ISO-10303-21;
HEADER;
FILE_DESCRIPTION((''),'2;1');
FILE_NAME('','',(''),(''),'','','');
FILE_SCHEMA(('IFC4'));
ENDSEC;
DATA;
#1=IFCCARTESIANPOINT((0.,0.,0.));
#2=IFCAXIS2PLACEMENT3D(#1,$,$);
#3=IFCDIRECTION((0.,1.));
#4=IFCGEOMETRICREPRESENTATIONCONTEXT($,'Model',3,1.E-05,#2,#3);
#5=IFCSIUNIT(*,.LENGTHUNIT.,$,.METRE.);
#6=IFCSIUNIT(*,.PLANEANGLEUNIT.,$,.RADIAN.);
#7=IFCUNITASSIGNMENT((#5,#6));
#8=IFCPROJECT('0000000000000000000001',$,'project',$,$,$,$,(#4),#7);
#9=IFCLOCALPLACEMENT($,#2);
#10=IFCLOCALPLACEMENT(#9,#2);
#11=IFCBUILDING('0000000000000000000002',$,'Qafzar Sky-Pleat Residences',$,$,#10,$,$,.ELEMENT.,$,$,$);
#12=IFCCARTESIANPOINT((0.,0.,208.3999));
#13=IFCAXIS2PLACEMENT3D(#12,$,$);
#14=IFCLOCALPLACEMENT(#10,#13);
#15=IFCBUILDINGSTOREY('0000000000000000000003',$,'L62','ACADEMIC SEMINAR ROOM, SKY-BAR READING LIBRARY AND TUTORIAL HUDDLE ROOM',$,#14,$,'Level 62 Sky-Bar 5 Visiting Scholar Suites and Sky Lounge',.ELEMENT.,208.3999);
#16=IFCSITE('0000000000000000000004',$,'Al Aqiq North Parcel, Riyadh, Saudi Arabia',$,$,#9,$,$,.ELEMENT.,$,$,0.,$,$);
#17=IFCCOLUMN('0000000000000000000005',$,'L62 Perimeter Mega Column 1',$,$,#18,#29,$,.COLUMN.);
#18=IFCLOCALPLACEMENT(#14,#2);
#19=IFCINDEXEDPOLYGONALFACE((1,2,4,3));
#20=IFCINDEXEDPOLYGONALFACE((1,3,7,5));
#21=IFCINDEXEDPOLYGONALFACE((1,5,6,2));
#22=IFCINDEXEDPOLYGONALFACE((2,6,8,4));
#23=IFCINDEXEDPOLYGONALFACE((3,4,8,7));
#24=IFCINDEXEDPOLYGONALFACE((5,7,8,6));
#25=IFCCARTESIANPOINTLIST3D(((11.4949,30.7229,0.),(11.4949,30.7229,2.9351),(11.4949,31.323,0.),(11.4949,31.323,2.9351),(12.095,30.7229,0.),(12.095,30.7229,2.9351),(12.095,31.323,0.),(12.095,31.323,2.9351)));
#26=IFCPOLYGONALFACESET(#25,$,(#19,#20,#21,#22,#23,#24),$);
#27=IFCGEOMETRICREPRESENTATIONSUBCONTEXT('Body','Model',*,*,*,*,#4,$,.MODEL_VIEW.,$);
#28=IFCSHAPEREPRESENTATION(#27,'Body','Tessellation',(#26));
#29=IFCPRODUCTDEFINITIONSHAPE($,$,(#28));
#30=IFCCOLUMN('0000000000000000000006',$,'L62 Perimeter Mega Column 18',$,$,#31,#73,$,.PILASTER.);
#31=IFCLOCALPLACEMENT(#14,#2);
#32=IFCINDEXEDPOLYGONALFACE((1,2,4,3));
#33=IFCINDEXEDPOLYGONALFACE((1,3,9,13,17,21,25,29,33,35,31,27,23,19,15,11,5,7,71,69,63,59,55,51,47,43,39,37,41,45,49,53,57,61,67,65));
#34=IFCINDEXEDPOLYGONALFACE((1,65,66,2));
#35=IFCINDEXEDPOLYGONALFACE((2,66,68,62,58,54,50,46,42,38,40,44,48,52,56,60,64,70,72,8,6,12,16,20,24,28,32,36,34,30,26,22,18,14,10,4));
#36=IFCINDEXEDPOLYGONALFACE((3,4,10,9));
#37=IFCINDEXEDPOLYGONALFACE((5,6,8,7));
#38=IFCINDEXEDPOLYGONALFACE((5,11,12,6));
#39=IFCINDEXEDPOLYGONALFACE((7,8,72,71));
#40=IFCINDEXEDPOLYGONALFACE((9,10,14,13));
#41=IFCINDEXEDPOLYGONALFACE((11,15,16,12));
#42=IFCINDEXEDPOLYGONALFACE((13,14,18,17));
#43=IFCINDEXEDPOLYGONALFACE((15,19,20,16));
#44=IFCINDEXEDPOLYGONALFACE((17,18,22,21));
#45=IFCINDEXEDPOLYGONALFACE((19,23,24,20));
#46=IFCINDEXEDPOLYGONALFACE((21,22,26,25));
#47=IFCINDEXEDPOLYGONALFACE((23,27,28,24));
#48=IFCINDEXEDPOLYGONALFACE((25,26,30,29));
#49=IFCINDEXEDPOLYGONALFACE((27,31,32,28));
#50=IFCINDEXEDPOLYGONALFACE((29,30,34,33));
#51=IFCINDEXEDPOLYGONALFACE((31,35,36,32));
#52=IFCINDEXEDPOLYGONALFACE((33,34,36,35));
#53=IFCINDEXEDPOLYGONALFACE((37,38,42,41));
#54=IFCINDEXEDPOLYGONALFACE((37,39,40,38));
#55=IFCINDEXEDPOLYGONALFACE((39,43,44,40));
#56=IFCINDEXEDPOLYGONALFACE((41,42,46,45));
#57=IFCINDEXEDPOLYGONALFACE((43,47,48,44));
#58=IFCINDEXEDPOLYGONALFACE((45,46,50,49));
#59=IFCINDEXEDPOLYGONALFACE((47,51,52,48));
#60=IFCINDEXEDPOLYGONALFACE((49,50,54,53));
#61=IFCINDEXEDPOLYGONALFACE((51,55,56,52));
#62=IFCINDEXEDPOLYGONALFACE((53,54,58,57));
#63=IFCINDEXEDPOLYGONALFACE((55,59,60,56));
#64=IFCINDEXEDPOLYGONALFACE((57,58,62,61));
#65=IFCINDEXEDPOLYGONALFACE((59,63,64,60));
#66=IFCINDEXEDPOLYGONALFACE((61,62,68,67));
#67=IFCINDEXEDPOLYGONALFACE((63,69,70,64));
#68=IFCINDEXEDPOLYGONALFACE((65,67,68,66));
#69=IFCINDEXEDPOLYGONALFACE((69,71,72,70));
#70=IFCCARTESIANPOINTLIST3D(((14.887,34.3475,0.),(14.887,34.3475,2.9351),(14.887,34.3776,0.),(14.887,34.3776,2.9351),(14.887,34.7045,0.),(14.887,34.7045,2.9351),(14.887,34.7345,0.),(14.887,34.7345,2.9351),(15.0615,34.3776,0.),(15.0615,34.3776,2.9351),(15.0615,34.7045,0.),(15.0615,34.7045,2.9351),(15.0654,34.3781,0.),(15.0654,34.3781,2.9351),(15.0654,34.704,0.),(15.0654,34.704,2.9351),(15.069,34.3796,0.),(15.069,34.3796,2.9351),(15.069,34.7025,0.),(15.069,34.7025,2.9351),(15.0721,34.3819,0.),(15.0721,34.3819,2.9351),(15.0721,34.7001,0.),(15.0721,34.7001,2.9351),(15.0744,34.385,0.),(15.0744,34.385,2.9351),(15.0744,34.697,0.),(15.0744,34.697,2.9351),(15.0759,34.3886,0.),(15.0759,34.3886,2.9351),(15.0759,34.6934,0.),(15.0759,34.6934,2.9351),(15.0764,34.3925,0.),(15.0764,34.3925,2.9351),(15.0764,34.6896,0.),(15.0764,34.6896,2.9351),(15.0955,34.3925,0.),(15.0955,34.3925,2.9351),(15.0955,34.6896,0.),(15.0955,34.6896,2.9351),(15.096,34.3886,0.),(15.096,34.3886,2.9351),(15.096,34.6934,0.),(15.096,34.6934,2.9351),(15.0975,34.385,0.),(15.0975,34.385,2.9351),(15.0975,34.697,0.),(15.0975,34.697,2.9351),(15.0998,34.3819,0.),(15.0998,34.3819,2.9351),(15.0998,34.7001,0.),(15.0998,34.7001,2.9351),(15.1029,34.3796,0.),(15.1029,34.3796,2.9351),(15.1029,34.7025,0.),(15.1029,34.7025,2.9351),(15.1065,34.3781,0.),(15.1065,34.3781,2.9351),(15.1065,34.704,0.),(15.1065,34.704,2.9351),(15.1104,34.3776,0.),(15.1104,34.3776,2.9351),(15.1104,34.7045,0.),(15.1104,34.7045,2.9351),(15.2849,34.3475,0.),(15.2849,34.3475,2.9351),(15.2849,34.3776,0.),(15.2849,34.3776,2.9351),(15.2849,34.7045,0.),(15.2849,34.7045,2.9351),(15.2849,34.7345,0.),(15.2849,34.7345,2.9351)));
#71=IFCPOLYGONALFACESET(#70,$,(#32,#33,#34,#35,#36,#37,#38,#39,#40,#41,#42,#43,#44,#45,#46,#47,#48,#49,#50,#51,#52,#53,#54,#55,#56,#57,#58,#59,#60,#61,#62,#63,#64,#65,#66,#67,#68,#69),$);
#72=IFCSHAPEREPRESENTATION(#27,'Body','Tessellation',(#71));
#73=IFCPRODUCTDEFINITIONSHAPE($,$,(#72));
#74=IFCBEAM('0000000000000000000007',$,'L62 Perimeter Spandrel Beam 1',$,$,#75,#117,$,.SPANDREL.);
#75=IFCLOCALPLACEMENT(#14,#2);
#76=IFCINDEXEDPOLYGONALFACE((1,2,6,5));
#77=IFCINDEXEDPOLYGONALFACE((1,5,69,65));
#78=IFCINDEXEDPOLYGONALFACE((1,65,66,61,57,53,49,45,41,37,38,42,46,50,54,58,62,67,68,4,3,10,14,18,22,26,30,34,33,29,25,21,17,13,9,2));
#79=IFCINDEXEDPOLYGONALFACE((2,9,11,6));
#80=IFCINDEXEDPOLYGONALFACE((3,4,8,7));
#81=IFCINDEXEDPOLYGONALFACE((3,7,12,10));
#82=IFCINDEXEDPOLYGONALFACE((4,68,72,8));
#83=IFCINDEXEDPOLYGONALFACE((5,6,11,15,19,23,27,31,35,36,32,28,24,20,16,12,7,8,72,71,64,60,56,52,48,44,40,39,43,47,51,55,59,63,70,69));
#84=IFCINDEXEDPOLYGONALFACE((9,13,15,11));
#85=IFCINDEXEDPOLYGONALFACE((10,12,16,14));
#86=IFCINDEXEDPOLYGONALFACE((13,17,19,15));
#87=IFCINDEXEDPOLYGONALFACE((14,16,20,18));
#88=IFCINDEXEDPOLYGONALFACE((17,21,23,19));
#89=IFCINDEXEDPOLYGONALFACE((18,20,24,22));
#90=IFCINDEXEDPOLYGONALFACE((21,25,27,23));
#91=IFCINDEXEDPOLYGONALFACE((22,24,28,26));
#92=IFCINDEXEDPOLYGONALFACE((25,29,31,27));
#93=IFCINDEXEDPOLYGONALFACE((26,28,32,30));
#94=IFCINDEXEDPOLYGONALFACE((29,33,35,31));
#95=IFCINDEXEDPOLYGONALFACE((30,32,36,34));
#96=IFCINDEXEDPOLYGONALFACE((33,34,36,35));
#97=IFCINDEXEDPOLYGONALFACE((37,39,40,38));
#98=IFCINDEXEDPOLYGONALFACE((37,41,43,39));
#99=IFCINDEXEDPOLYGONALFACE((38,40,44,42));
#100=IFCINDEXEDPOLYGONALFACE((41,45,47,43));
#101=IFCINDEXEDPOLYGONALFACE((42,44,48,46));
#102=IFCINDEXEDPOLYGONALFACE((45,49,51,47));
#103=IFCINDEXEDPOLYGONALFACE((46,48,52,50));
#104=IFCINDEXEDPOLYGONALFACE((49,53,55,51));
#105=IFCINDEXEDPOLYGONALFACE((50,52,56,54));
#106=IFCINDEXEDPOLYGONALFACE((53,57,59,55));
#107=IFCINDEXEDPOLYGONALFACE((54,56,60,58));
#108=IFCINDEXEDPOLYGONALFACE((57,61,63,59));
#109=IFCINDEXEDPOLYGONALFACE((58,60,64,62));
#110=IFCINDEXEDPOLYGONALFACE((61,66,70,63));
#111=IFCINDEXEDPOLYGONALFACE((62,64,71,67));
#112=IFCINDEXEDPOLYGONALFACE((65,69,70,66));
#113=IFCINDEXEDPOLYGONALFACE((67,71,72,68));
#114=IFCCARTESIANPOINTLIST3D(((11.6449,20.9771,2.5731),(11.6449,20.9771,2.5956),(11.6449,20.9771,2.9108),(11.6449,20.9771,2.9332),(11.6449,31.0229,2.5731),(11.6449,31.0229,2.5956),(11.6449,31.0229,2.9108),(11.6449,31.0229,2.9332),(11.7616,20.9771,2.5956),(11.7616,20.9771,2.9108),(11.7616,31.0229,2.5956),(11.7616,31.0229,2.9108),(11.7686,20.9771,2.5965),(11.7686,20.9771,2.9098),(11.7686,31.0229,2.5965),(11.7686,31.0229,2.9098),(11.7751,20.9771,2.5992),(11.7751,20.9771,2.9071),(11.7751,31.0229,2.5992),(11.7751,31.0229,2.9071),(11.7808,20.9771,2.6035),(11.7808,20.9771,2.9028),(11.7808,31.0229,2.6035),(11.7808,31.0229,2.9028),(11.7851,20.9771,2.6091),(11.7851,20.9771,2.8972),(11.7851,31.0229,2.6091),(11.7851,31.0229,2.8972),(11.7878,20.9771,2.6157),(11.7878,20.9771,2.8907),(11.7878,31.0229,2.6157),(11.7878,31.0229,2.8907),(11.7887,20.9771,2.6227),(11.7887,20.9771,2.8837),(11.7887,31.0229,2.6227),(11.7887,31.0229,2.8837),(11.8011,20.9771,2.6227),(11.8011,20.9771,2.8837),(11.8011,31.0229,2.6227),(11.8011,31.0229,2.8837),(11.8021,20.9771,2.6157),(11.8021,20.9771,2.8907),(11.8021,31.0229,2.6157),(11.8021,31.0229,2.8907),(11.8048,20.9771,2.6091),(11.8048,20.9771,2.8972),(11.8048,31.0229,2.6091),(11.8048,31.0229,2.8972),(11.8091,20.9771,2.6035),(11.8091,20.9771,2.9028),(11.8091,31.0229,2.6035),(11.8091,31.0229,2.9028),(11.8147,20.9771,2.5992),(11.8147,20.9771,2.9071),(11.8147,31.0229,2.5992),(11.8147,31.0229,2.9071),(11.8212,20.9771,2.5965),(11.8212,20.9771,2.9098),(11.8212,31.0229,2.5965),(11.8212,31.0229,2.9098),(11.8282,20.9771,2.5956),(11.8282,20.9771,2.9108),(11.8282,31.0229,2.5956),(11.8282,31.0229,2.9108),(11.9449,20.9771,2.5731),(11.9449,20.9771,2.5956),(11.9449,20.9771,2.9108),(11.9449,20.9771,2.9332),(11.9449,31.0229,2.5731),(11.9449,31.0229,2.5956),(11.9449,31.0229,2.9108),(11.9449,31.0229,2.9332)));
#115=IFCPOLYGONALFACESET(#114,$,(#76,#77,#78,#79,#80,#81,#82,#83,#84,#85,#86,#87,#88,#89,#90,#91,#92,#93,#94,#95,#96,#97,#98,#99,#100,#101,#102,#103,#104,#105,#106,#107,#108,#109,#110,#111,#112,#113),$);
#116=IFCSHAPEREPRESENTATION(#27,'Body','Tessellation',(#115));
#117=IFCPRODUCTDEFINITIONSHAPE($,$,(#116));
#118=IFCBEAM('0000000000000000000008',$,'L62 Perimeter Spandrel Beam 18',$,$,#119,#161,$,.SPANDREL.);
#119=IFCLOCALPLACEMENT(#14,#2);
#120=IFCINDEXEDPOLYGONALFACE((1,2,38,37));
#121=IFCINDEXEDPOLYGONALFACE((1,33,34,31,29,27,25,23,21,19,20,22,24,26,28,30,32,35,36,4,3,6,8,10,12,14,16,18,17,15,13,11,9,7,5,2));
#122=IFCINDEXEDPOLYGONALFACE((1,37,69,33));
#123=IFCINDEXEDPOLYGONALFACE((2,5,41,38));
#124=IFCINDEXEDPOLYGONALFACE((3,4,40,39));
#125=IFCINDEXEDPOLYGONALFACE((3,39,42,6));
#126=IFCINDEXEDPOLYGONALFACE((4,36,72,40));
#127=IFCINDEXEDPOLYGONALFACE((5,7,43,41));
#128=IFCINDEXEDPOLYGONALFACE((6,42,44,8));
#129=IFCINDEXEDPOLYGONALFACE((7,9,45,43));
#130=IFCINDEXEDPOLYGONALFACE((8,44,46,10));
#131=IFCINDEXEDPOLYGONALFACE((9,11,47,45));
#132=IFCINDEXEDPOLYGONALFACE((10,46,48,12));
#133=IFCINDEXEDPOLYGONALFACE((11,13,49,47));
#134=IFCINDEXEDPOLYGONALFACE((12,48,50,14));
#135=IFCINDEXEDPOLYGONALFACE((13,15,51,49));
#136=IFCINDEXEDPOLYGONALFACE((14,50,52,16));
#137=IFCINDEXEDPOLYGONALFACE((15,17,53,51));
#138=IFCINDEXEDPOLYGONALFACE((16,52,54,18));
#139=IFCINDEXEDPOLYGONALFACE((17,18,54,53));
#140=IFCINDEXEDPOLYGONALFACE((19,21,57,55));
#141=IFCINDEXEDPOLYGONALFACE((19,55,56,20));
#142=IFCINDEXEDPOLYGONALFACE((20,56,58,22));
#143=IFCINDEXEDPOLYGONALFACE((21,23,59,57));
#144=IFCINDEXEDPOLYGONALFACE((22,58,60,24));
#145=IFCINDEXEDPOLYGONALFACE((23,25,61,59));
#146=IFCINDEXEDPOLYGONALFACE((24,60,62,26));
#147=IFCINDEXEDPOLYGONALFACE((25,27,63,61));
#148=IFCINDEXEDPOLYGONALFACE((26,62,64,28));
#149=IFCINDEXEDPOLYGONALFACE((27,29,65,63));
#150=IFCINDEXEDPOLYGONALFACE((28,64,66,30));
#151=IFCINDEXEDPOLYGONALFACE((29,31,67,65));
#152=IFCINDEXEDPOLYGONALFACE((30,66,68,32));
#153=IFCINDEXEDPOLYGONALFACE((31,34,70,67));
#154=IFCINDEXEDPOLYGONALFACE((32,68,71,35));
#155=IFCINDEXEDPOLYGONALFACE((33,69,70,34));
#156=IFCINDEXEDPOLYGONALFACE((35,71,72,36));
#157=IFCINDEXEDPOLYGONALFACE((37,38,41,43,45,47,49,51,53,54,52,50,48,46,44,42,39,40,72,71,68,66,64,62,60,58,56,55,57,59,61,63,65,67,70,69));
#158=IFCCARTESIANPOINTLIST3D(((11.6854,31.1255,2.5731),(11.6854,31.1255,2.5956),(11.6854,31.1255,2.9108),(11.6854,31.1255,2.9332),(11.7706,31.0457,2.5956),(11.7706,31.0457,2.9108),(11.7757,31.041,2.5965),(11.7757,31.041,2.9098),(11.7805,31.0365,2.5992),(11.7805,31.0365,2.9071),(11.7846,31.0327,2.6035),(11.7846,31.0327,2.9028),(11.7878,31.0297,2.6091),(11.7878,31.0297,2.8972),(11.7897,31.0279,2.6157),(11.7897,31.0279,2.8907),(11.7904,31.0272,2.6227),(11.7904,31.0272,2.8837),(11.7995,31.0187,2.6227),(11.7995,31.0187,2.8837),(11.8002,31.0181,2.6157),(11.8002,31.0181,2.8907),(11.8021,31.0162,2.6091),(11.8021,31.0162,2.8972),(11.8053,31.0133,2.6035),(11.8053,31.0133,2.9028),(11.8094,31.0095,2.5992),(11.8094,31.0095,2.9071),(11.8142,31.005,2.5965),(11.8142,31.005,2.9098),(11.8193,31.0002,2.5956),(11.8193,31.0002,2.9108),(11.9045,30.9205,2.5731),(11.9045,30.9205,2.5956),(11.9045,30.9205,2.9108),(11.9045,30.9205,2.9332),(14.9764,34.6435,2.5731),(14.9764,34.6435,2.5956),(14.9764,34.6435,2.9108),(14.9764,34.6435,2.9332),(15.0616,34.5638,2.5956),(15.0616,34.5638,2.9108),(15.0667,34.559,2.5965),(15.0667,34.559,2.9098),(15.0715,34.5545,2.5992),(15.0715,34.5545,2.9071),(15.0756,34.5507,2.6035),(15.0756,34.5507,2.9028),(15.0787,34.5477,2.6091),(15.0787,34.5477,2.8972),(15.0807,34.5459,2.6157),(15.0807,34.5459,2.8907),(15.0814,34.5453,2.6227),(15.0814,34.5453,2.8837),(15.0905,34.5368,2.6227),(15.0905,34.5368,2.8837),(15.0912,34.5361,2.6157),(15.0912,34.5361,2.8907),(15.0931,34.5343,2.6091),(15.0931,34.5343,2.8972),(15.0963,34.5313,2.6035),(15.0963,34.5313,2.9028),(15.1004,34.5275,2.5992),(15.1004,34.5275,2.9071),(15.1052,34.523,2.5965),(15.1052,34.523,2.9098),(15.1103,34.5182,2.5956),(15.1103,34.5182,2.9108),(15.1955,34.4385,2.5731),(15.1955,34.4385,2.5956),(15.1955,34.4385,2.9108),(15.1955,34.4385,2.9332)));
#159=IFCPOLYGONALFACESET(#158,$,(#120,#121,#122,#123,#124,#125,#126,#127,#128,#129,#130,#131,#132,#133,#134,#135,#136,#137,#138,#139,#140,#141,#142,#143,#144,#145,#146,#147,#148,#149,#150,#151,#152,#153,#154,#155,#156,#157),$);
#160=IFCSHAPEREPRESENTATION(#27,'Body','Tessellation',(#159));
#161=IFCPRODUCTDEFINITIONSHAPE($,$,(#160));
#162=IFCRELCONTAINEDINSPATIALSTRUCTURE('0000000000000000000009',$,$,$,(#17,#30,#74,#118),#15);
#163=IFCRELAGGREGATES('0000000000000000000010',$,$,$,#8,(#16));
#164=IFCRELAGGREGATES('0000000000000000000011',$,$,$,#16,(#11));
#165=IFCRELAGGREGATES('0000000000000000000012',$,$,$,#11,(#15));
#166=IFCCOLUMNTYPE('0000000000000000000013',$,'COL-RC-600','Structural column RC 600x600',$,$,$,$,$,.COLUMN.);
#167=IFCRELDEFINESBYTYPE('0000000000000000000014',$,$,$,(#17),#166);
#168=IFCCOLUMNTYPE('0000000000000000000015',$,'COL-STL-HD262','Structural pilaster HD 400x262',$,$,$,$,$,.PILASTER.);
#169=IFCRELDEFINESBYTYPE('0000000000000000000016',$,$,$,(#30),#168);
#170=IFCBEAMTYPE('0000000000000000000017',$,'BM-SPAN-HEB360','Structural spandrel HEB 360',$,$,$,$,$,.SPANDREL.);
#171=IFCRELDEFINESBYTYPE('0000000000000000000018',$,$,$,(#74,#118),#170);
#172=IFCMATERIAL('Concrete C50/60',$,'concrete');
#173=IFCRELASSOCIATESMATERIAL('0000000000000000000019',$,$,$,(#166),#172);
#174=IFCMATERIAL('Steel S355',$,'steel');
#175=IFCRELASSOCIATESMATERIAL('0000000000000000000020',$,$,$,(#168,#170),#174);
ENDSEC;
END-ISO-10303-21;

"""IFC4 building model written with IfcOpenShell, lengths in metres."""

from ifc_helpers import new_model, si_unit, direction, frame, origin, origin_2d, place, context, subcontext, project, spatial, rectangle, i_section, extrude, source, transform, mapped, material, material_profile, profile_set, type_object, element, save


model = new_model("IFC4")

# Units and contexts
model_context = context("Model", 3, precision=1e-05, world=origin(), true_north=direction((0.0, 1.0)))
body_context = subcontext(model_context, "Body", "Model", "MODEL_VIEW")
ifc_project = project(units=[si_unit("LENGTHUNIT", "METRE"), si_unit("PLANEANGLEUNIT", "RADIAN")], contexts=[model_context])

# Site, building, storey
site_placement = place(None, origin())
site = spatial("IfcSite", under=ifc_project, at=site_placement, Name="Al Aqiq North Parcel, Riyadh, Saudi Arabia", CompositionType="ELEMENT", RefElevation=0.0)
building_placement = place(site_placement, origin())
building = spatial("IfcBuilding", under=site, at=building_placement, Name="Qafzar Sky-Pleat Residences", CompositionType="ELEMENT")
storey_placement = place(building_placement, frame((0.0, 0.0, 208.3999)))
storey = spatial("IfcBuildingStorey", under=building, at=storey_placement, Name="L62", Description="ACADEMIC SEMINAR ROOM, SKY-BAR READING LIBRARY AND TUTORIAL HUDDLE ROOM", LongName="Level 62 Sky-Bar 5 Visiting Scholar Suites and Sky Lounge", CompositionType="ELEMENT", Elevation=208.3999)

# Columns
ifc_material_1 = material(Name="Concrete C50/60", Category="concrete")
ifc_material_profile_1 = material_profile(ifc_material_1, rectangle(XDim=0.6001, YDim=0.6001, at=origin_2d()), Name="RC 600x600")
ifc_profile_set_1 = profile_set([ifc_material_profile_1], Name="Concrete C50/60")
column_type_1 = type_object("IfcColumnType", Name="COL-RC-600", Description="Structural column RC 600x600", PredefinedType="COLUMN", material=ifc_profile_set_1)
shared_shape_1 = source(origin(), body_context, "Body", "SweptSolid", [
    extrude(rectangle(XDim=0.6001, YDim=0.6001, at=origin_2d()), origin(), (0.0, 0.0, 1.0), 2.9351),
])
column_1_placement = place(storey_placement, frame((11.7949, 31.0229, 0.0), z_axis=(0.0, 0.0, 1.0), x_axis=(1.0, 0.0, 0.0)))
element("IfcColumn", 1, at=column_1_placement, inside=storey, type_object=column_type_1, Name="L62 Perimeter Mega Column 1", PredefinedType="COLUMN", context=body_context, shape_type="MappedRepresentation", body=[
    mapped(shared_shape_1, transform((0.0, 0.0, 0.0), x_axis=(1.0, 0.0, 0.0), y_axis=(0.0, 1.0, 0.0), z_axis=(0.0, 0.0, 1.0), scale=1.0)),
])
ifc_material_2 = material(Name="Steel S355", Category="steel")
ifc_material_profile_2 = material_profile(ifc_material_2, i_section(OverallWidth=0.3979, OverallDepth=0.387, WebThickness=0.019, FlangeThickness=0.03, FilletRadius=0.0149, at=origin_2d()), Name="HD 400x262")
ifc_profile_set_2 = profile_set([ifc_material_profile_2], Name="Steel S355")
column_type_2 = type_object("IfcColumnType", Name="COL-STL-HD262", Description="Structural pilaster HD 400x262", PredefinedType="PILASTER", material=ifc_profile_set_2)
shared_shape_2 = source(origin(), body_context, "Body", "SweptSolid", [
    extrude(i_section(OverallWidth=0.3979, OverallDepth=0.387, WebThickness=0.019, FlangeThickness=0.03, FilletRadius=0.0149, at=origin_2d()), origin(), (0.0, 0.0, 1.0), 2.9351),
])
column_2_placement = place(storey_placement, frame((15.0859, 34.541, 0.0), z_axis=(0.0, 0.0, 1.0), x_axis=(1.0, 0.0, 0.0)))
element("IfcColumn", 2, at=column_2_placement, inside=storey, type_object=column_type_2, Name="L62 Perimeter Mega Column 18", PredefinedType="PILASTER", context=body_context, shape_type="MappedRepresentation", body=[
    mapped(shared_shape_2, transform((0.0, 0.0, 0.0), x_axis=(1.0, 0.0, 0.0), y_axis=(0.0, 1.0, 0.0), z_axis=(0.0, 0.0, 1.0), scale=1.0)),
])

# Beams
ifc_material_profile_3 = material_profile(ifc_material_2, i_section(OverallWidth=0.3, OverallDepth=0.3601, WebThickness=0.0125, FlangeThickness=0.0225, FilletRadius=0.0271, at=origin_2d()), Name="HEB 360")
ifc_profile_set_3 = profile_set([ifc_material_profile_3], Name="Steel S355")
beam_type_1 = type_object("IfcBeamType", Name="BM-SPAN-HEB360", Description="Structural spandrel HEB 360", PredefinedType="SPANDREL", material=ifc_profile_set_3)
shared_shape_3 = source(origin(), body_context, "Body", "SweptSolid", [
    extrude(i_section(OverallWidth=0.3, OverallDepth=0.3601, WebThickness=0.0125, FlangeThickness=0.0225, FilletRadius=0.0271, at=origin_2d()), origin(), (0.0, 0.0, 1.0), 10.0459),
])
beam_1_placement = place(storey_placement, frame((11.7949, 31.0229, 2.7532), z_axis=(0.0, -1.0, 0.0), x_axis=(1.0, 0.0, 0.0)))
element("IfcBeam", 3, at=beam_1_placement, inside=storey, type_object=beam_type_1, Name="L62 Perimeter Spandrel Beam 1", PredefinedType="SPANDREL", context=body_context, shape_type="MappedRepresentation", body=[
    mapped(shared_shape_3, transform((0.0, 0.0, 0.0), x_axis=(1.0, 0.0, 0.0), y_axis=(0.0, 1.0, 0.0), z_axis=(0.0, 0.0, 1.0), scale=1.0)),
])
shared_shape_4 = source(origin(), body_context, "Body", "SweptSolid", [
    extrude(i_section(OverallWidth=0.3, OverallDepth=0.3601, WebThickness=0.0125, FlangeThickness=0.0225, FilletRadius=0.0271, at=origin_2d()), origin(), (0.0, 0.0, 1.0), 4.8174),
])
beam_2_placement = place(storey_placement, frame((15.0859, 34.541, 2.7532), z_axis=(-0.683148, -0.73028, 0.0), x_axis=(0.73028, -0.683148, 0.0)))
element("IfcBeam", 4, at=beam_2_placement, inside=storey, type_object=beam_type_1, Name="L62 Perimeter Spandrel Beam 18", PredefinedType="SPANDREL", context=body_context, shape_type="MappedRepresentation", body=[
    mapped(shared_shape_4, transform((0.0, 0.0, 0.0), x_axis=(1.0, 0.0, 0.0), y_axis=(0.0, 1.0, 0.0), z_axis=(0.0, 0.0, 1.0), scale=1.0)),
])

save(model, "model.ifc")
